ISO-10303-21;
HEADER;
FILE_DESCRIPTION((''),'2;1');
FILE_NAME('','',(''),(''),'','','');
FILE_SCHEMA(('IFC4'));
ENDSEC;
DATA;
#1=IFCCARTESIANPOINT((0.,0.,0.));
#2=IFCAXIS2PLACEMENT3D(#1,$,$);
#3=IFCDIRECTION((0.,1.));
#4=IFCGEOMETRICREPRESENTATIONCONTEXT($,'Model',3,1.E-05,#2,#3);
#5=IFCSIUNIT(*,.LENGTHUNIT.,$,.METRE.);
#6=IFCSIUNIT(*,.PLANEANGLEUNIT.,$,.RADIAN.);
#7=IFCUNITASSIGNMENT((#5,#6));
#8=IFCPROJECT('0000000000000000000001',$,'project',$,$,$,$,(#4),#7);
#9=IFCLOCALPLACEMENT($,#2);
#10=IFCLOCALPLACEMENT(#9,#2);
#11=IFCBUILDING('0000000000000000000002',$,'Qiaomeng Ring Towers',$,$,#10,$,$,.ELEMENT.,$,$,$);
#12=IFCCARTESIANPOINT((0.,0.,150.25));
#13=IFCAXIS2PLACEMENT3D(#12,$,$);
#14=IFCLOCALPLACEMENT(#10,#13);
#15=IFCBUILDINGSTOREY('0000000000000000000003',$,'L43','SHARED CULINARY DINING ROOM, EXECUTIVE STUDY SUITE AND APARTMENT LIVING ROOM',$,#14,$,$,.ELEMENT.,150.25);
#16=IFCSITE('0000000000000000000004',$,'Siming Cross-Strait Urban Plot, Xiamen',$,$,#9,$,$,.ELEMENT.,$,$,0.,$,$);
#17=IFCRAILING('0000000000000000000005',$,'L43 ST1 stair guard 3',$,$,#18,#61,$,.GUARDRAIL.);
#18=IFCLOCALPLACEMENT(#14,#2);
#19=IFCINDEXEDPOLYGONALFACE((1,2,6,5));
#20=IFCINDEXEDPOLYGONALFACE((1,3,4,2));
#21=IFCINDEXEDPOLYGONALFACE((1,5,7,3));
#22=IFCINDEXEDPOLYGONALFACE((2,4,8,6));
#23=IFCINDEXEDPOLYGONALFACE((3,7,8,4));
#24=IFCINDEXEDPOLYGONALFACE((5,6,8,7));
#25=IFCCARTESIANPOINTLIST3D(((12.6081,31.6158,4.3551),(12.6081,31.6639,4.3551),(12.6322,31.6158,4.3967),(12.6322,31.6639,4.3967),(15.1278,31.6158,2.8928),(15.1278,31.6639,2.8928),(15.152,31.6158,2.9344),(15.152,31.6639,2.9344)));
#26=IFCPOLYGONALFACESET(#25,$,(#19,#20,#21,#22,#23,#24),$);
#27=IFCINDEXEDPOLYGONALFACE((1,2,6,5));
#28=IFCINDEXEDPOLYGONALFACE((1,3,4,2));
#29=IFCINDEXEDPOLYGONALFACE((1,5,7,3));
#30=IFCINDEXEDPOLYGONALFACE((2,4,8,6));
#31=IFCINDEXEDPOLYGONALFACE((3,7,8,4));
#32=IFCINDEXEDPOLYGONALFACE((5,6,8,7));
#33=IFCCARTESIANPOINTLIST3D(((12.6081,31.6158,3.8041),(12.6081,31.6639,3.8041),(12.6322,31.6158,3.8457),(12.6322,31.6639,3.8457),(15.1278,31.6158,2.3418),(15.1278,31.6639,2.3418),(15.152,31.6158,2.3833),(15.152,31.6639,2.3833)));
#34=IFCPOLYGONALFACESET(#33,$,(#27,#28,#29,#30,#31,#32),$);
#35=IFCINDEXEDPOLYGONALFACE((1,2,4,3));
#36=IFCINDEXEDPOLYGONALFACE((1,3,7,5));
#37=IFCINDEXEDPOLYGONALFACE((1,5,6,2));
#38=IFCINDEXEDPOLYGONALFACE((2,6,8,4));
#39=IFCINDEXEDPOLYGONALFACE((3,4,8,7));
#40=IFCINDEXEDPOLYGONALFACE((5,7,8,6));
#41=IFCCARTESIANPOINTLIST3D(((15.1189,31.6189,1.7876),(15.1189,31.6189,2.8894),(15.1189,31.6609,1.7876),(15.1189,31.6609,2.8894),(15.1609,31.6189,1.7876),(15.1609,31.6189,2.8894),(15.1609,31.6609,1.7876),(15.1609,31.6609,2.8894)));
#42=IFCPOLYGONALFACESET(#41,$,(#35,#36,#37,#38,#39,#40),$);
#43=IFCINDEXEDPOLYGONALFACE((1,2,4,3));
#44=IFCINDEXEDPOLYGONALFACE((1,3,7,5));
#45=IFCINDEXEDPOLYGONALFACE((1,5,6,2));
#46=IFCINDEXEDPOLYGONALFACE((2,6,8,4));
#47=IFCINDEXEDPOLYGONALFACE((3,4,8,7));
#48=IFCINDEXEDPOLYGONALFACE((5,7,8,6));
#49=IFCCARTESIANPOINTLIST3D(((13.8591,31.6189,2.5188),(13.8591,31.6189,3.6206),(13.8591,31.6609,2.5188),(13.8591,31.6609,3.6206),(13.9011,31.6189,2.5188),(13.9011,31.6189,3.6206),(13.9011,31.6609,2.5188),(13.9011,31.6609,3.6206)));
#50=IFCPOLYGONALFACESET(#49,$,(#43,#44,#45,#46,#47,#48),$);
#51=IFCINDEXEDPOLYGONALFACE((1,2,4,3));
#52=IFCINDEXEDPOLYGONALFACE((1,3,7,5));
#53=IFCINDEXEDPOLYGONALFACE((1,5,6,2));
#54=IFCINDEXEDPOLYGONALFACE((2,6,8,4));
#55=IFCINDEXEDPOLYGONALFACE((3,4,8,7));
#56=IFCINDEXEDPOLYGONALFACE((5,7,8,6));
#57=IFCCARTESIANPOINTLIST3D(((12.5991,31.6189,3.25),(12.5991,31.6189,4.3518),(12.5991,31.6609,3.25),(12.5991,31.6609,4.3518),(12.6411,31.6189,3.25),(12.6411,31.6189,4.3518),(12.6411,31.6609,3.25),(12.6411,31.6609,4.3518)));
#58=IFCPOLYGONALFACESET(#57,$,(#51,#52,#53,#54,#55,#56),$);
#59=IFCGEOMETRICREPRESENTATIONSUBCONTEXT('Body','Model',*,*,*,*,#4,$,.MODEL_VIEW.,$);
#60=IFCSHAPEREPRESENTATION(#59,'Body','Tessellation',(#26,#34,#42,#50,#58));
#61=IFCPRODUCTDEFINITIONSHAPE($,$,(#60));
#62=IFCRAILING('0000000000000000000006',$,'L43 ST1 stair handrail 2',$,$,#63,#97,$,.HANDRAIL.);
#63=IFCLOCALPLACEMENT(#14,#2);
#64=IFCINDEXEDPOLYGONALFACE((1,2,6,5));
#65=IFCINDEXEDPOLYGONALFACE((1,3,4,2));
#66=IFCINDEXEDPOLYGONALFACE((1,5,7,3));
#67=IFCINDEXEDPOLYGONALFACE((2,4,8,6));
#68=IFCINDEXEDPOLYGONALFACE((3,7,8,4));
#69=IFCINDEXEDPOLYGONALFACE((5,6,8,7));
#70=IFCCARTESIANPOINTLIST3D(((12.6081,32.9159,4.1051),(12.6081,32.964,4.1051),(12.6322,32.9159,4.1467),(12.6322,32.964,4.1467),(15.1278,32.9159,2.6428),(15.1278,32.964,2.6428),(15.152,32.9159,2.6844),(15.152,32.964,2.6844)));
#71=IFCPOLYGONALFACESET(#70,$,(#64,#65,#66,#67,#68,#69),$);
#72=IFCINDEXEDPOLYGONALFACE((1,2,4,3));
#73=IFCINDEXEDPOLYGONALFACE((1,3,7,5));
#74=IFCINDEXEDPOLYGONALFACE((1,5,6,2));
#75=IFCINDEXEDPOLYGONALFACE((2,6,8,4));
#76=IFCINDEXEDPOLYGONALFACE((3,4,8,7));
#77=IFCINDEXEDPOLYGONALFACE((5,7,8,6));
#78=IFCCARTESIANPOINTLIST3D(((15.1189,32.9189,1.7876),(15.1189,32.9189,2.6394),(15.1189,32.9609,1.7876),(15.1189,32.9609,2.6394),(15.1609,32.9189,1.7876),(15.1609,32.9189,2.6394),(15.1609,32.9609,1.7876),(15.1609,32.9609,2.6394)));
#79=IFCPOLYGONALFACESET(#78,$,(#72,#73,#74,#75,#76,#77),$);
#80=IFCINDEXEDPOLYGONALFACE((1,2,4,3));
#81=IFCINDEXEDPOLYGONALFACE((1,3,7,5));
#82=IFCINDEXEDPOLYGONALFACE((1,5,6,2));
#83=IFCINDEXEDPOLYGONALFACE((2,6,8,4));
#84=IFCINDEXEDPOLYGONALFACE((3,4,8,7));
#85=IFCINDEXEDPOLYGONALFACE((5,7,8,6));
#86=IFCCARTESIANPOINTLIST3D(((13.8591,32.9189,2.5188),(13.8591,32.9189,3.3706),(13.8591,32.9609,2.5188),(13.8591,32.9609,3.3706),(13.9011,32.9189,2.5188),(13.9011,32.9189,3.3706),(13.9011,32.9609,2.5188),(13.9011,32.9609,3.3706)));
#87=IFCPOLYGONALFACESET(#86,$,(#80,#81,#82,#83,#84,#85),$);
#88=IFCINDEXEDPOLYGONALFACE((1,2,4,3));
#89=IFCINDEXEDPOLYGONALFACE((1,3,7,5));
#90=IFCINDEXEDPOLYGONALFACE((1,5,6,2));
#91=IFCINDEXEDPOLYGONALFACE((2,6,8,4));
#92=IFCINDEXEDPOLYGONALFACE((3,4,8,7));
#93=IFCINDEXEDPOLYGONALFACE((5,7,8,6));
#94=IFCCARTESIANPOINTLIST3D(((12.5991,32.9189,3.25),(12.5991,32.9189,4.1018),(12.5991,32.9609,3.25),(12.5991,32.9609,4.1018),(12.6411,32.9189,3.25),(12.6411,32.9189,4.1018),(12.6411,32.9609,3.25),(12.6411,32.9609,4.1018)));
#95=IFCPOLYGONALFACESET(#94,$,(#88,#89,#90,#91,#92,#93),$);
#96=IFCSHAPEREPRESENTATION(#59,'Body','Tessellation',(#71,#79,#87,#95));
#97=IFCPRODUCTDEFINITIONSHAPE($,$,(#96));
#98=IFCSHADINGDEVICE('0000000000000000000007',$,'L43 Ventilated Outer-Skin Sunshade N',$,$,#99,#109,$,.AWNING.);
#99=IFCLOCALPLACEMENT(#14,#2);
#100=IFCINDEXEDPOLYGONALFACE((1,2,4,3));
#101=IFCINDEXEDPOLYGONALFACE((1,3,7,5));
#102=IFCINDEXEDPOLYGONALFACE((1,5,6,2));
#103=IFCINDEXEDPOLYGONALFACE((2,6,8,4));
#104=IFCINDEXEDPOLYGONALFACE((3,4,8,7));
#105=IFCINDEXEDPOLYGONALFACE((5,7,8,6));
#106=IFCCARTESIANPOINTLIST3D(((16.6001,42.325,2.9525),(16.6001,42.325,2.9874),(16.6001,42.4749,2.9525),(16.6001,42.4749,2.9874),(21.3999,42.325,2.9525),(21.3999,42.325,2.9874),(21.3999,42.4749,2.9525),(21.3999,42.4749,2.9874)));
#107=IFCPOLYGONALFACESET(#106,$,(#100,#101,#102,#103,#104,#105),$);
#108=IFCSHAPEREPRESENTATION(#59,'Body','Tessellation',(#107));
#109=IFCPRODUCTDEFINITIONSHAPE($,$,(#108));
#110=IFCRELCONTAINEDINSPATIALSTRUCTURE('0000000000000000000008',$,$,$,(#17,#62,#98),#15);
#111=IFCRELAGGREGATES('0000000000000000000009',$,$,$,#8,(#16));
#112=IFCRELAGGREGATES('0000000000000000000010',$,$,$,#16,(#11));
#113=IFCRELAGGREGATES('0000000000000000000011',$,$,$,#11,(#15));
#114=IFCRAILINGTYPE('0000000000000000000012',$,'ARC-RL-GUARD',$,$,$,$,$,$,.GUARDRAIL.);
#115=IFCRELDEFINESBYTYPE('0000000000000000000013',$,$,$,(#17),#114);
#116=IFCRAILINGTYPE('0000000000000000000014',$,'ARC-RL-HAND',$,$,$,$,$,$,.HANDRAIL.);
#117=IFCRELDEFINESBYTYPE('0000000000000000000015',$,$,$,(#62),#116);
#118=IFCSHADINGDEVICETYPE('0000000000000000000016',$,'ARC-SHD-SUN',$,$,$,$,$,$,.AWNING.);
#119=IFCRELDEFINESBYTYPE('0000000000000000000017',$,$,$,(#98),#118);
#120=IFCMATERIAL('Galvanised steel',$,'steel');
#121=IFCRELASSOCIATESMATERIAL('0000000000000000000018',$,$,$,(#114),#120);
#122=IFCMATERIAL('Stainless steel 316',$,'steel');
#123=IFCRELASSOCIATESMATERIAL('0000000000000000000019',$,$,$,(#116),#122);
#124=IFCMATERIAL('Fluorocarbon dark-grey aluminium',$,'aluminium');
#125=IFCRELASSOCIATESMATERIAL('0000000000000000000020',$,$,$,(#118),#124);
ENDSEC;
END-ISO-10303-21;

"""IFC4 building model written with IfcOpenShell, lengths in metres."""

from ifc_helpers import new_model, si_unit, direction, frame, origin, origin_2d, place, context, subcontext, project, spatial, rectangle, extrude, source, transform, mapped, material, material_profile, profile_set, type_object, element, save


model = new_model("IFC4")

# Units and contexts
model_context = context("Model", 3, precision=1e-05, world=origin(), true_north=direction((0.0, 1.0)))
body_context = subcontext(model_context, "Body", "Model", "MODEL_VIEW")
ifc_project = project(units=[si_unit("LENGTHUNIT", "METRE"), si_unit("PLANEANGLEUNIT", "RADIAN")], contexts=[model_context])

# Site, building, storey
site_placement = place(None, origin())
site = spatial("IfcSite", under=ifc_project, at=site_placement, Name="Siming Cross-Strait Urban Plot, Xiamen", CompositionType="ELEMENT", RefElevation=0.0)
building_placement = place(site_placement, origin())
building = spatial("IfcBuilding", under=site, at=building_placement, Name="Qiaomeng Ring Towers", CompositionType="ELEMENT")
storey_placement = place(building_placement, frame((0.0, 0.0, 150.25)))
storey = spatial("IfcBuildingStorey", under=building, at=storey_placement, Name="L43", Description="SHARED CULINARY DINING ROOM, EXECUTIVE STUDY SUITE AND APARTMENT LIVING ROOM", CompositionType="ELEMENT", Elevation=150.25)

# Shared definitions
ifc_material_1 = material(Name="Galvanised steel", Category="steel")

# Shared definitions
ifc_material_2 = material(Name="Stainless steel 316", Category="steel")

# Railings
railing_type_1 = type_object("IfcRailingType", Name="ARC-RL-GUARD", PredefinedType="GUARDRAIL", material=ifc_material_1)
railing_1_placement = place(storey_placement, frame((15.1399, 31.6399, 1.7876)))
element("IfcRailing", 1, at=railing_1_placement, inside=storey, type_object=railing_type_1, Name="L43 ST1 stair guard 3", PredefinedType="GUARDRAIL", context=body_context, shape_type="SweptSolid", body=[
    extrude(rectangle(XDim=0.0481, YDim=0.0481, at=origin_2d()), frame((0.0, 0.0, 1.126), z_axis=(-0.864892, 0.0, 0.501958), x_axis=(0.0, -1.0, 0.0)), (0.0, 0.0, 1.0), 2.9133),
    extrude(rectangle(XDim=0.0481, YDim=0.0481, at=origin_2d()), frame((0.0, 0.0, 0.575), z_axis=(-0.864892, 0.0, 0.501958), x_axis=(0.0, -1.0, 0.0)), (0.0, 0.0, 1.0), 2.9133),
    extrude(rectangle(XDim=0.042, YDim=0.042, at=origin_2d()), origin(), (0.0, 0.0, 1.0), 1.1018),
    extrude(rectangle(XDim=0.042, YDim=0.042, at=origin_2d()), frame((-1.2598, 0.0, 0.7312)), (0.0, 0.0, 1.0), 1.1018),
    extrude(rectangle(XDim=0.042, YDim=0.042, at=origin_2d()), frame((-2.5198, 0.0, 1.4624)), (0.0, 0.0, 1.0), 1.1018),
])
railing_type_2 = type_object("IfcRailingType", Name="ARC-RL-HAND", PredefinedType="HANDRAIL", material=ifc_material_2)
railing_2_placement = place(storey_placement, frame((15.1399, 32.9399, 1.7876)))
element("IfcRailing", 2, at=railing_2_placement, inside=storey, type_object=railing_type_2, Name="L43 ST1 stair handrail 2", PredefinedType="HANDRAIL", context=body_context, shape_type="SweptSolid", body=[
    extrude(rectangle(XDim=0.0481, YDim=0.0481, at=origin_2d()), frame((0.0, 0.0, 0.876), z_axis=(-0.864892, 0.0, 0.501958), x_axis=(0.0, -1.0, 0.0)), (0.0, 0.0, 1.0), 2.9133),
    extrude(rectangle(XDim=0.042, YDim=0.042, at=origin_2d()), origin(), (0.0, 0.0, 1.0), 0.8518),
    extrude(rectangle(XDim=0.042, YDim=0.042, at=origin_2d()), frame((-1.2598, 0.0, 0.7312)), (0.0, 0.0, 1.0), 0.8518),
    extrude(rectangle(XDim=0.042, YDim=0.042, at=origin_2d()), frame((-2.5198, 0.0, 1.4624)), (0.0, 0.0, 1.0), 0.8518),
])

# Shading device
ifc_material_3 = material(Name="Fluorocarbon dark-grey aluminium", Category="aluminium")
ifc_material_profile_1 = material_profile(ifc_material_3, rectangle(XDim=0.1499, YDim=0.0349, at=origin_2d()), Name="LV BLADE 150x35")
ifc_profile_set_1 = profile_set([ifc_material_profile_1], Name="Fluorocarbon dark-grey aluminium")
shading_device_type = type_object("IfcShadingDeviceType", Name="ARC-SHD-SUN", PredefinedType="AWNING", material=ifc_profile_set_1)
shared_shape_1 = source(origin(), body_context, "Body", "SweptSolid", [
    extrude(rectangle(XDim=0.1499, YDim=0.0349, at=origin_2d()), origin(), (0.0, 0.0, 1.0), 4.7998),
])
shading_device_placement = place(storey_placement, frame((16.6001, 42.3999, 2.97), z_axis=(1.0, 0.0, 0.0), x_axis=(0.0, 1.0, 0.0)))
element("IfcShadingDevice", 3, at=shading_device_placement, inside=storey, type_object=shading_device_type, Name="L43 Ventilated Outer-Skin Sunshade N", PredefinedType="AWNING", context=body_context, shape_type="MappedRepresentation", body=[
    mapped(shared_shape_1, transform((0.0, 0.0, 0.0), x_axis=(1.0, 0.0, 0.0), y_axis=(0.0, 1.0, 0.0), z_axis=(0.0, 0.0, 1.0), scale=1.0)),
])

save(model, "model.ifc")
